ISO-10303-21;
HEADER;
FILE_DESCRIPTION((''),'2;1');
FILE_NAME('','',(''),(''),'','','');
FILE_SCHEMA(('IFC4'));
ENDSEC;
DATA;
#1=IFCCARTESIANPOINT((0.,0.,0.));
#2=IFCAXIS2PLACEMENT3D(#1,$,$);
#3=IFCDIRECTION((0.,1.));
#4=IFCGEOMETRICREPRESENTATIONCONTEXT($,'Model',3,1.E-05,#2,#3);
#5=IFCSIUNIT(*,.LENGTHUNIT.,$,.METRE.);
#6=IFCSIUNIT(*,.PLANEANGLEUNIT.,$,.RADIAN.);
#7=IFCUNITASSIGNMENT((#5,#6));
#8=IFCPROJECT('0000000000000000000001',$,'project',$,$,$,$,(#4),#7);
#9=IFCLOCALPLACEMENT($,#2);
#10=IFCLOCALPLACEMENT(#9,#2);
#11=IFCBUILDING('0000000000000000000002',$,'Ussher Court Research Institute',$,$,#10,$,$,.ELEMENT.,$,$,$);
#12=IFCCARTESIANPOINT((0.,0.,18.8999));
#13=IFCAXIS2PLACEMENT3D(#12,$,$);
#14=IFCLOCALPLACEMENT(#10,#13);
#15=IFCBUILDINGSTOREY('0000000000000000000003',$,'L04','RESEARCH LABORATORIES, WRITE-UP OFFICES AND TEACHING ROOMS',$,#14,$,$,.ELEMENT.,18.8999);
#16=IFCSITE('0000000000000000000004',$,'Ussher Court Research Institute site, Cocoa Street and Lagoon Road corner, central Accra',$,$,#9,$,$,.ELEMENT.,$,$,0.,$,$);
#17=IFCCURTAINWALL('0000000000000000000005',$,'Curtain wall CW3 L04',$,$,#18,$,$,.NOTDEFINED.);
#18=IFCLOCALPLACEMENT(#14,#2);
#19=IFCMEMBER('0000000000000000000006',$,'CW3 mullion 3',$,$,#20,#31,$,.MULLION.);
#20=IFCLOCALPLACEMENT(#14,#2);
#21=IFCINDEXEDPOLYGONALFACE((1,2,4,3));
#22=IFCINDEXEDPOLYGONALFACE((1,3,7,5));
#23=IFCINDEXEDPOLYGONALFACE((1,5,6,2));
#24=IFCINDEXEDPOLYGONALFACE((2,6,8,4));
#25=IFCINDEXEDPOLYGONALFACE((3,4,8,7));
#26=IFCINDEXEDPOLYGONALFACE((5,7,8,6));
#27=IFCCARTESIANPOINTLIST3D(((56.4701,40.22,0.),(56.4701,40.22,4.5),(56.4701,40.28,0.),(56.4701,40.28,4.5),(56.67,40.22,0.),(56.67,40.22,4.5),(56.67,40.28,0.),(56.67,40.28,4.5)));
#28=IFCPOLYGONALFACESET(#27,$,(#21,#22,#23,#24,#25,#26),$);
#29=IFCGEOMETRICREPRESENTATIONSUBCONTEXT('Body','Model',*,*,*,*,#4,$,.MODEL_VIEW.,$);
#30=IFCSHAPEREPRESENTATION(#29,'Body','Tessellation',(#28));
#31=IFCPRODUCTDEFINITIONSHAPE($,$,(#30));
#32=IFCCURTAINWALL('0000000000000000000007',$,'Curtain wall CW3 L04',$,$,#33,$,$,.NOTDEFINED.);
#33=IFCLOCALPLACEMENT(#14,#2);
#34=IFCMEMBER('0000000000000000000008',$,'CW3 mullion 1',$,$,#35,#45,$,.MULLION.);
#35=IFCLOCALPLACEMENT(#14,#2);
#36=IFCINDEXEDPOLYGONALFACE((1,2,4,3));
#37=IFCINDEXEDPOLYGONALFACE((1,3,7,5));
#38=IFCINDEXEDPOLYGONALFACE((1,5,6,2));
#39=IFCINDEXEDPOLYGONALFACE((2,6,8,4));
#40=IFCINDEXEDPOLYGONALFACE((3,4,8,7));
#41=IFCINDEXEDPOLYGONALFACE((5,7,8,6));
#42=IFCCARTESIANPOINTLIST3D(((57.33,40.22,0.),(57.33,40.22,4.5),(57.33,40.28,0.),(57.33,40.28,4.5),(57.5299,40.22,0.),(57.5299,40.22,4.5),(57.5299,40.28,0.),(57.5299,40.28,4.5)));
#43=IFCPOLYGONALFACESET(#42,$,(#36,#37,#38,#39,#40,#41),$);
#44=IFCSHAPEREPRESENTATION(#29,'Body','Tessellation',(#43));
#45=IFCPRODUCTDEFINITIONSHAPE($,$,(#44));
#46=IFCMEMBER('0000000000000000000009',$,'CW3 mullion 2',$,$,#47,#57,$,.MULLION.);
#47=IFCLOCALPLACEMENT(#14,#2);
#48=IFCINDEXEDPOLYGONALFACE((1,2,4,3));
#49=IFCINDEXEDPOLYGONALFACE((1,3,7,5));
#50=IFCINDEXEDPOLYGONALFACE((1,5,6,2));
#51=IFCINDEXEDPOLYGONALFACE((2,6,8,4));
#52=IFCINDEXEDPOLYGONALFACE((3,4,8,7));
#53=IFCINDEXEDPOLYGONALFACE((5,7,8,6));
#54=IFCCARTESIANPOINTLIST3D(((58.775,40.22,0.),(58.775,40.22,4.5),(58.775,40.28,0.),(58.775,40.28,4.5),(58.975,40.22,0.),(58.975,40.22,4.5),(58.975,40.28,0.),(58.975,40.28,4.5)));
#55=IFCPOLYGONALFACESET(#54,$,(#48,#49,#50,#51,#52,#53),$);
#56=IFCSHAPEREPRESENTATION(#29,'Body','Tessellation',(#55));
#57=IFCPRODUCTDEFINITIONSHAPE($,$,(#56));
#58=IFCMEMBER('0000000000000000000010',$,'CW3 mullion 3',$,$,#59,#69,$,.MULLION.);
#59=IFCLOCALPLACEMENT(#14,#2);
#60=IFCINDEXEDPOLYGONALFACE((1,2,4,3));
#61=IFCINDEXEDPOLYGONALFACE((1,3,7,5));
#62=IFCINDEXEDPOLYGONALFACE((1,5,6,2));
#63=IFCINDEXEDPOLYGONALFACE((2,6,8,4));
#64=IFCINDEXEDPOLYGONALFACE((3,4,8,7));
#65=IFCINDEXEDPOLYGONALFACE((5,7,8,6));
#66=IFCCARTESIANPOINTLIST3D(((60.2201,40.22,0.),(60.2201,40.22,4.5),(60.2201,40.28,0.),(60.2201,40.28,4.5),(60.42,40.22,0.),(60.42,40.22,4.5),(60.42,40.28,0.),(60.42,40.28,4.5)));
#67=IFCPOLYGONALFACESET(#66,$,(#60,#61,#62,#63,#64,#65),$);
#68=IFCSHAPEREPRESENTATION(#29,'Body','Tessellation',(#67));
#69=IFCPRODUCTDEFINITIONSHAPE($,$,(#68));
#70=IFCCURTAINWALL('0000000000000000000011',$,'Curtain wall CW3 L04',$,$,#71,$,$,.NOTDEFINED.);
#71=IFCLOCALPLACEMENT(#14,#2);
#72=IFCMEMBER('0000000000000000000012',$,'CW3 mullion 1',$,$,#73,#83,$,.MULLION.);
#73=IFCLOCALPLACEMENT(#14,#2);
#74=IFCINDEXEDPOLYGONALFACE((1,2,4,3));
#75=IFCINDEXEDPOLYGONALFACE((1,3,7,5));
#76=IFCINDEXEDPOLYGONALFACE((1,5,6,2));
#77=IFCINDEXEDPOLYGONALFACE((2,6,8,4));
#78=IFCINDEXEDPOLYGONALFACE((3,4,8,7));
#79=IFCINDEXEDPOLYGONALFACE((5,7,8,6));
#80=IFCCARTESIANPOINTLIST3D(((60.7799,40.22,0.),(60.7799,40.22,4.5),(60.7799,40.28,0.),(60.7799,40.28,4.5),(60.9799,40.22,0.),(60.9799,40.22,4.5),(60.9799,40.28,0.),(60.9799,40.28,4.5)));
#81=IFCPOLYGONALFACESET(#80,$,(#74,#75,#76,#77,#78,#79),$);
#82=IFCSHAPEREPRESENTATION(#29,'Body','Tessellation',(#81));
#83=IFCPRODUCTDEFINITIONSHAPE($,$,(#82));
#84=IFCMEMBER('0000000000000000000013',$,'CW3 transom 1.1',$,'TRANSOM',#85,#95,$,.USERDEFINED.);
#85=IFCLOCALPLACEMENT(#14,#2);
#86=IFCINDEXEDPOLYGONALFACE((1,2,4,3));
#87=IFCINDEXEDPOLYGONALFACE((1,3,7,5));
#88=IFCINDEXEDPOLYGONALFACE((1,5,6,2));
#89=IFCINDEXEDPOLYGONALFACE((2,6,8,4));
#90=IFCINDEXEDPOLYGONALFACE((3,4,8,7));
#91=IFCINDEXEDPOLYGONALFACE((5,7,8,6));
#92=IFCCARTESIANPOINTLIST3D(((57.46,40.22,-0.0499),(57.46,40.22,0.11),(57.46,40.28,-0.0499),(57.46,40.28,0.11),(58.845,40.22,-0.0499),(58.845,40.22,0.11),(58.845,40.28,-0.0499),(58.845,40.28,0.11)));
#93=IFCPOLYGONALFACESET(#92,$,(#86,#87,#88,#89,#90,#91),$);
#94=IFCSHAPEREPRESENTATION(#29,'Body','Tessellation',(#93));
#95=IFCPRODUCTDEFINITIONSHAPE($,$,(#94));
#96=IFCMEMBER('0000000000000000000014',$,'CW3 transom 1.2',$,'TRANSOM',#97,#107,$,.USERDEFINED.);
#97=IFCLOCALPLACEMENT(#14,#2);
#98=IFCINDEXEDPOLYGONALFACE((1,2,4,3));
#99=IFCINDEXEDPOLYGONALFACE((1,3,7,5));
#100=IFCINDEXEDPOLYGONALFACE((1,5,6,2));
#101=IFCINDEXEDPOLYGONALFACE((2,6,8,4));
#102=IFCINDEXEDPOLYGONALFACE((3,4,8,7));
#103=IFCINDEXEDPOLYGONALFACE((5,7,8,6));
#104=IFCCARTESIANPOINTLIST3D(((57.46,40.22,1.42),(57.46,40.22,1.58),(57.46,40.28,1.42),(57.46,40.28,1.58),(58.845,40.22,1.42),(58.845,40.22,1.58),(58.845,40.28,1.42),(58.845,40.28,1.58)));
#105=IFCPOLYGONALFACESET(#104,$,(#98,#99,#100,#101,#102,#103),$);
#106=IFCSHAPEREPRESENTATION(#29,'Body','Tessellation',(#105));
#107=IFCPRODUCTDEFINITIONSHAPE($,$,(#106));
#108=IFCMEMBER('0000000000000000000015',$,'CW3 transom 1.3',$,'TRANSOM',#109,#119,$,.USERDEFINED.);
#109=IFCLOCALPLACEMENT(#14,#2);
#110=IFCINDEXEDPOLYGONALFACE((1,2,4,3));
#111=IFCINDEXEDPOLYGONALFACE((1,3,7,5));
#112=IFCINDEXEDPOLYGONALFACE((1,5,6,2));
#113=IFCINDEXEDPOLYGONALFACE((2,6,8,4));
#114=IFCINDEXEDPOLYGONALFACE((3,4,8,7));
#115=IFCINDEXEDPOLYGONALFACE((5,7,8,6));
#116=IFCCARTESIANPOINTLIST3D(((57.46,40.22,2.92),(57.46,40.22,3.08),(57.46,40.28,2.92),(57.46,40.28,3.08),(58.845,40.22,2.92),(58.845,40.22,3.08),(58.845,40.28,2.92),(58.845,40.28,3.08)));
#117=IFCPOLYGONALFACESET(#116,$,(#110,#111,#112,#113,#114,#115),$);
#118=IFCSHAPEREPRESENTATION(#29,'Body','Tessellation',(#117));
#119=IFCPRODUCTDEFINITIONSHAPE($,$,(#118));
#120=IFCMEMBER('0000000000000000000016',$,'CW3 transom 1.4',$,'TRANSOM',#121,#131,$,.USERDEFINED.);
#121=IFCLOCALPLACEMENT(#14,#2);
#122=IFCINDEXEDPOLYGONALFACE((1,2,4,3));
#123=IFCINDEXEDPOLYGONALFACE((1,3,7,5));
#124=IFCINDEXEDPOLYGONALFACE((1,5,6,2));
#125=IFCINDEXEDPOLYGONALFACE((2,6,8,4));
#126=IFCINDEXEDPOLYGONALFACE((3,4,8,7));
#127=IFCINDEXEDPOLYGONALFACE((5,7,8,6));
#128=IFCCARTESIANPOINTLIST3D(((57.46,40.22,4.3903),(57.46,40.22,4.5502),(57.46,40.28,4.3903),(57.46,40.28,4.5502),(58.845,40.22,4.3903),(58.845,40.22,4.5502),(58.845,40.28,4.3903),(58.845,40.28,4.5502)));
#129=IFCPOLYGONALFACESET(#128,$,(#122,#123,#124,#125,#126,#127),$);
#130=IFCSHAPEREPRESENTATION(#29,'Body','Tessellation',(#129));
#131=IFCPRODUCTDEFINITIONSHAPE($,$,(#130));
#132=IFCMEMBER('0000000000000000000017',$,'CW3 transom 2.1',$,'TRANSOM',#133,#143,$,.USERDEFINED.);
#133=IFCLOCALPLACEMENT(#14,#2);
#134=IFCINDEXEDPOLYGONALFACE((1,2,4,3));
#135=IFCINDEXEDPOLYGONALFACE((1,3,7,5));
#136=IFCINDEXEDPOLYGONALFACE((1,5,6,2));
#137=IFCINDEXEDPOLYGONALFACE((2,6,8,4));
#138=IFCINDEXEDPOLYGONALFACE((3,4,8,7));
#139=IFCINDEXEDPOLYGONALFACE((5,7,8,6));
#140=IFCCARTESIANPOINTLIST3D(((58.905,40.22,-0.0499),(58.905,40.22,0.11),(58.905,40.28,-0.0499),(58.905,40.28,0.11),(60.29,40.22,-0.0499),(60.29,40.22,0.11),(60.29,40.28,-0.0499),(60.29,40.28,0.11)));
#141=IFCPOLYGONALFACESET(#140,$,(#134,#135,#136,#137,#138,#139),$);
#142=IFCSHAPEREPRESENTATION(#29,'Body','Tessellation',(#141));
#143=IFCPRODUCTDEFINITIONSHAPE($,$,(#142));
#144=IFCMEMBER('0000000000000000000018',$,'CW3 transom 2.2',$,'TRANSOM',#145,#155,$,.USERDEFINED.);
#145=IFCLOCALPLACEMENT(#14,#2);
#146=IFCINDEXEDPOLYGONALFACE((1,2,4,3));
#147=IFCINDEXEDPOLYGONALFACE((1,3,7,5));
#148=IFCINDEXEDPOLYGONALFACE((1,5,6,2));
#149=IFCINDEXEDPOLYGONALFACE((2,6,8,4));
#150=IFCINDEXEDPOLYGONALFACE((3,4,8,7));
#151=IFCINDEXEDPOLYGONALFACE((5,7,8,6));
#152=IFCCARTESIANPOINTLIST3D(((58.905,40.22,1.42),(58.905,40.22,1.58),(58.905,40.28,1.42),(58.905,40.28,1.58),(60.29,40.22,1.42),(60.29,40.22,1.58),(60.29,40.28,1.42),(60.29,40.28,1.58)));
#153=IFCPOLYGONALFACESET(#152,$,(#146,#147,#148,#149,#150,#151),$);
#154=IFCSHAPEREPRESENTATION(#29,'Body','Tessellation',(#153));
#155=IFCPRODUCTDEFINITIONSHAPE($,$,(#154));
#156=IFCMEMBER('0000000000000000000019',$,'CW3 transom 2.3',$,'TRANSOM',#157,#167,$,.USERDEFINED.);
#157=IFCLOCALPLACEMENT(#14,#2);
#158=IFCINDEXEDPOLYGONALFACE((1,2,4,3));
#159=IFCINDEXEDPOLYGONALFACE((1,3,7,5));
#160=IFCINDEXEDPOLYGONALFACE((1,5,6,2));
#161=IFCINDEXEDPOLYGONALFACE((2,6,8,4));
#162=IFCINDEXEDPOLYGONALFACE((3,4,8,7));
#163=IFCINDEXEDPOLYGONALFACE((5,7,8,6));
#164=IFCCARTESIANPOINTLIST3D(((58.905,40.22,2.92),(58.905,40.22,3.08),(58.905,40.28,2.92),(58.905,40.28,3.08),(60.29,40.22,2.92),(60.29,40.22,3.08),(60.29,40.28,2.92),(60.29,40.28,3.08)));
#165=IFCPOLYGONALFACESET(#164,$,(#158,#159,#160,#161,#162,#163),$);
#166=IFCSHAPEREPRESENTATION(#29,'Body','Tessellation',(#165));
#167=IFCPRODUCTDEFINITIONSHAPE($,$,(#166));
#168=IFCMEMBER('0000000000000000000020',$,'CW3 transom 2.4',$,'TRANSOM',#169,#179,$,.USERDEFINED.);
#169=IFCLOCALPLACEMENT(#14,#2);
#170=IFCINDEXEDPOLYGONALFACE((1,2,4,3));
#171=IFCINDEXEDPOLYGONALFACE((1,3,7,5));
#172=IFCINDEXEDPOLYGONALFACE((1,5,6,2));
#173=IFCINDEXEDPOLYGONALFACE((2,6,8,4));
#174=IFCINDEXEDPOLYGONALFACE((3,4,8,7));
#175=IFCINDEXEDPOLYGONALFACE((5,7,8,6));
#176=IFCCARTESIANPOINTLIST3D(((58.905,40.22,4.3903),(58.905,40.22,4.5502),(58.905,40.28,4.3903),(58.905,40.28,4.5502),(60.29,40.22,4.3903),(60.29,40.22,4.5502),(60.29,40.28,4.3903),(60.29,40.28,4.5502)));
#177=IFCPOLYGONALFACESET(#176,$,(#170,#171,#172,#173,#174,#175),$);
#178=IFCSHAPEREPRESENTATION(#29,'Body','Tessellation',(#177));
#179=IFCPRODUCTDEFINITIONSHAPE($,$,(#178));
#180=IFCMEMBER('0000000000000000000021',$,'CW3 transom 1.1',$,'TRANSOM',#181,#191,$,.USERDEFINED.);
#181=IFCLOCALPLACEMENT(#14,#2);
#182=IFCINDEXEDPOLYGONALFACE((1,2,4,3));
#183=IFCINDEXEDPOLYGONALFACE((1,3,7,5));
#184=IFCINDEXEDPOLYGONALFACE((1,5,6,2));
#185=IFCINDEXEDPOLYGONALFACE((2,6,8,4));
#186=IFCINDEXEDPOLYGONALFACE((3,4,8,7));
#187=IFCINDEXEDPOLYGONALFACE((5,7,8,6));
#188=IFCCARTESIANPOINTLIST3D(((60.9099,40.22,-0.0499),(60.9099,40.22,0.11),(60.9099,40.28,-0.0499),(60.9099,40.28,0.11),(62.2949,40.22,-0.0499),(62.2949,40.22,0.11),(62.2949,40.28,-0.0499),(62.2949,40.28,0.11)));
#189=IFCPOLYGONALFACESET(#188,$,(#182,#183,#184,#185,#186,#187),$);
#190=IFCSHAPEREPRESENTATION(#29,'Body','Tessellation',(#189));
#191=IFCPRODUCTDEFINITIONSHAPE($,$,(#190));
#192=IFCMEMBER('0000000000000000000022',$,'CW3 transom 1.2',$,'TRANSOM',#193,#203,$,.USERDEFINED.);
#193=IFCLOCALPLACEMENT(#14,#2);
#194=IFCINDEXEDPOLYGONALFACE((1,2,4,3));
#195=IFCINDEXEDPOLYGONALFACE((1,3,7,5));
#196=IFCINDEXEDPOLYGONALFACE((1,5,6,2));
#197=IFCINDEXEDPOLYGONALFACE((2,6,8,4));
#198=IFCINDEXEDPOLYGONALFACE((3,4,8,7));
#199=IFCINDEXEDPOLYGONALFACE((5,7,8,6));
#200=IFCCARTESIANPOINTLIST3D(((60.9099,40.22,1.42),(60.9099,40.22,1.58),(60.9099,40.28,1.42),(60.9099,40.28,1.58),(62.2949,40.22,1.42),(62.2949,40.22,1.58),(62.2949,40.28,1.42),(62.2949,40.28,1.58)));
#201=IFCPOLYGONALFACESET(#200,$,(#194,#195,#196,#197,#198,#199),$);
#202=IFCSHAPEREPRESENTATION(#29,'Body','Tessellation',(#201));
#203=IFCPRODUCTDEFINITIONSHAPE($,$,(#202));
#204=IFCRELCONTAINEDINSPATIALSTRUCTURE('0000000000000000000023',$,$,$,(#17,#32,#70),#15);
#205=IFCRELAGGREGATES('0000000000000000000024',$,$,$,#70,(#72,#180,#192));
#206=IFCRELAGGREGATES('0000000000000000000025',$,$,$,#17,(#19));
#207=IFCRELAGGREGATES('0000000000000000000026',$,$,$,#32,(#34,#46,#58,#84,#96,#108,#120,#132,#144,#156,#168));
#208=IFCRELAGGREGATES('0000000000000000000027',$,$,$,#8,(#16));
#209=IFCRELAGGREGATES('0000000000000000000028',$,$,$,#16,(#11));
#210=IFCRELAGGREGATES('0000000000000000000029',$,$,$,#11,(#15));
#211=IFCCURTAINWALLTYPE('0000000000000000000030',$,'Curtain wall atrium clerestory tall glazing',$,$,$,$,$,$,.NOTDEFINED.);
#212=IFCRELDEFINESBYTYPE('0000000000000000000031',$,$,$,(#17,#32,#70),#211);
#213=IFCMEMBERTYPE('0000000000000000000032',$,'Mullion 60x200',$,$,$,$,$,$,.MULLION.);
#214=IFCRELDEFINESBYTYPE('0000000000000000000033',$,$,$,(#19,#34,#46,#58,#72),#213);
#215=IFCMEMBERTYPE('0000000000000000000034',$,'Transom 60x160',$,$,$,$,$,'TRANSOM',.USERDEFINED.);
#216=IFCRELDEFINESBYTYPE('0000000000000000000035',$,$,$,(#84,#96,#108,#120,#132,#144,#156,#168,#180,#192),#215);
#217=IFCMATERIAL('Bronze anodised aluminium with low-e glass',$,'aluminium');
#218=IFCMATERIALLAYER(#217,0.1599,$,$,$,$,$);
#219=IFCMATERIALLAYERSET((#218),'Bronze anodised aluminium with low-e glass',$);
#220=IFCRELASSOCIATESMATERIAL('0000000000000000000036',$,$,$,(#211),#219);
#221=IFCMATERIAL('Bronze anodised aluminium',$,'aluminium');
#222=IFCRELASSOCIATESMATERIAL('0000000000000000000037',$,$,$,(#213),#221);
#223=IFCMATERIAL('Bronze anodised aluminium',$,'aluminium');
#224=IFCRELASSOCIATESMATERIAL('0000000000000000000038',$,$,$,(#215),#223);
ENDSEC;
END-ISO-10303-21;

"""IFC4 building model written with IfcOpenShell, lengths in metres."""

from ifc_helpers import new_model, si_unit, direction, frame, origin, origin_2d, place, context, subcontext, project, spatial, rectangle, extrude, material, layer, layer_set, material_profile, profile_set, type_object, element, aggregate, save


model = new_model("IFC4")

# Units and contexts
model_context = context("Model", 3, precision=1e-05, world=origin(), true_north=direction((0.0, 1.0)))
body_context = subcontext(model_context, "Body", "Model", "MODEL_VIEW")
ifc_project = project(units=[si_unit("LENGTHUNIT", "METRE"), si_unit("PLANEANGLEUNIT", "RADIAN")], contexts=[model_context])

# Site, building, storey
site_placement = place(None, origin())
site = spatial("IfcSite", under=ifc_project, at=site_placement, Name="Ussher Court Research Institute site, Cocoa Street and Lagoon Road corner, central Accra", CompositionType="ELEMENT", RefElevation=0.0)
building_placement = place(site_placement, origin())
building = spatial("IfcBuilding", under=site, at=building_placement, Name="Ussher Court Research Institute", CompositionType="ELEMENT")
storey_placement = place(building_placement, frame((0.0, 0.0, 18.8999)))
storey = spatial("IfcBuildingStorey", under=building, at=storey_placement, Name="L04", Description="RESEARCH LABORATORIES, WRITE-UP OFFICES AND TEACHING ROOMS", CompositionType="ELEMENT", Elevation=18.8999)

# Curtain wall, member
ifc_material_1 = material(Name="Bronze anodised aluminium with low-e glass", Category="aluminium")
ifc_layer_1 = layer(ifc_material_1, 0.1599)
ifc_layer_set_1 = layer_set([ifc_layer_1], Name="Bronze anodised aluminium with low-e glass")
curtain_wall_type = type_object("IfcCurtainWallType", Name="Curtain wall atrium clerestory tall glazing", PredefinedType="NOTDEFINED", material=ifc_layer_set_1)
curtain_wall_1_placement = place(storey_placement, origin())
curtain_wall_1 = element("IfcCurtainWall", 1, at=curtain_wall_1_placement, inside=storey, type_object=curtain_wall_type, Name="Curtain wall CW3 L04", PredefinedType="NOTDEFINED")
ifc_material_2 = material(Name="Bronze anodised aluminium", Category="aluminium")
ifc_material_profile_1 = material_profile(ifc_material_2, rectangle(XDim=0.0601, YDim=0.2, at=origin_2d()), Name="Mullion 60x200")
ifc_profile_set_1 = profile_set([ifc_material_profile_1], Name="Bronze anodised aluminium")
member_type_1 = type_object("IfcMemberType", Name="Mullion 60x200", PredefinedType="MULLION", material=ifc_profile_set_1)
member_1_placement = place(storey_placement, frame((56.5701, 40.25, 0.0), z_axis=(0.0, 0.0, 1.0), x_axis=(0.0, 1.0, 0.0)))
member_1 = element("IfcMember", 2, at=member_1_placement, type_object=member_type_1, Name="CW3 mullion 3", PredefinedType="MULLION", context=body_context, shape_type="SweptSolid", body=[
    extrude(rectangle(XDim=0.0601, YDim=0.2, at=origin_2d()), origin(), (0.0, 0.0, 1.0), 4.5),
])

# Curtain wall, members
curtain_wall_2_placement = place(storey_placement, origin())
curtain_wall_2 = element("IfcCurtainWall", 3, at=curtain_wall_2_placement, inside=storey, type_object=curtain_wall_type, Name="Curtain wall CW3 L04", PredefinedType="NOTDEFINED")
member_2_placement = place(storey_placement, frame((57.4299, 40.25, 0.0), z_axis=(0.0, 0.0, 1.0), x_axis=(0.0, 1.0, 0.0)))
member_2 = element("IfcMember", 4, at=member_2_placement, type_object=member_type_1, Name="CW3 mullion 1", PredefinedType="MULLION", context=body_context, shape_type="SweptSolid", body=[
    extrude(rectangle(XDim=0.0601, YDim=0.2, at=origin_2d()), origin(), (0.0, 0.0, 1.0), 4.5),
])
member_3_placement = place(storey_placement, frame((58.875, 40.25, 0.0), z_axis=(0.0, 0.0, 1.0), x_axis=(0.0, 1.0, 0.0)))
member_3 = element("IfcMember", 5, at=member_3_placement, type_object=member_type_1, Name="CW3 mullion 2", PredefinedType="MULLION", context=body_context, shape_type="SweptSolid", body=[
    extrude(rectangle(XDim=0.0601, YDim=0.2, at=origin_2d()), origin(), (0.0, 0.0, 1.0), 4.5),
])
member_4_placement = place(storey_placement, frame((60.3201, 40.25, 0.0), z_axis=(0.0, 0.0, 1.0), x_axis=(0.0, 1.0, 0.0)))
member_4 = element("IfcMember", 6, at=member_4_placement, type_object=member_type_1, Name="CW3 mullion 3", PredefinedType="MULLION", context=body_context, shape_type="SweptSolid", body=[
    extrude(rectangle(XDim=0.0601, YDim=0.2, at=origin_2d()), origin(), (0.0, 0.0, 1.0), 4.5),
])

# Curtain wall, member
curtain_wall_3_placement = place(storey_placement, origin())
curtain_wall_3 = element("IfcCurtainWall", 7, at=curtain_wall_3_placement, inside=storey, type_object=curtain_wall_type, Name="Curtain wall CW3 L04", PredefinedType="NOTDEFINED")
member_5_placement = place(storey_placement, frame((60.8799, 40.25, 0.0), z_axis=(0.0, 0.0, 1.0), x_axis=(0.0, 1.0, 0.0)))
member_5 = element("IfcMember", 8, at=member_5_placement, type_object=member_type_1, Name="CW3 mullion 1", PredefinedType="MULLION", context=body_context, shape_type="SweptSolid", body=[
    extrude(rectangle(XDim=0.0601, YDim=0.2, at=origin_2d()), origin(), (0.0, 0.0, 1.0), 4.5),
])

# Members
ifc_material_3 = material(Name="Bronze anodised aluminium", Category="aluminium")
ifc_material_profile_2 = material_profile(ifc_material_3, rectangle(XDim=0.0601, YDim=0.1599, at=origin_2d()), Name="Transom 60x160")
ifc_profile_set_2 = profile_set([ifc_material_profile_2], Name="Bronze anodised aluminium")
member_type_2 = type_object("IfcMemberType", Name="Transom 60x160", ElementType="TRANSOM", PredefinedType="USERDEFINED", material=ifc_profile_set_2)
member_6_placement = place(storey_placement, frame((57.46, 40.25, 0.03), z_axis=(1.0, 0.0, 0.0), x_axis=(0.0, 1.0, 0.0)))
member_6 = element("IfcMember", 9, at=member_6_placement, type_object=member_type_2, Name="CW3 transom 1.1", ObjectType="TRANSOM", PredefinedType="USERDEFINED", context=body_context, shape_type="SweptSolid", body=[
    extrude(rectangle(XDim=0.0601, YDim=0.1599, at=origin_2d()), origin(), (0.0, 0.0, 1.0), 1.385),
])
member_7_placement = place(storey_placement, frame((57.46, 40.25, 1.5), z_axis=(1.0, 0.0, 0.0), x_axis=(0.0, 1.0, 0.0)))
member_7 = element("IfcMember", 10, at=member_7_placement, type_object=member_type_2, Name="CW3 transom 1.2", ObjectType="TRANSOM", PredefinedType="USERDEFINED", context=body_context, shape_type="SweptSolid", body=[
    extrude(rectangle(XDim=0.0601, YDim=0.1599, at=origin_2d()), origin(), (0.0, 0.0, 1.0), 1.385),
])
member_8_placement = place(storey_placement, frame((57.46, 40.25, 3.0), z_axis=(1.0, 0.0, 0.0), x_axis=(0.0, 1.0, 0.0)))
member_8 = element("IfcMember", 11, at=member_8_placement, type_object=member_type_2, Name="CW3 transom 1.3", ObjectType="TRANSOM", PredefinedType="USERDEFINED", context=body_context, shape_type="SweptSolid", body=[
    extrude(rectangle(XDim=0.0601, YDim=0.1599, at=origin_2d()), origin(), (0.0, 0.0, 1.0), 1.385),
])
member_9_placement = place(storey_placement, frame((57.46, 40.25, 4.4702), z_axis=(1.0, 0.0, 0.0), x_axis=(0.0, 1.0, 0.0)))
member_9 = element("IfcMember", 12, at=member_9_placement, type_object=member_type_2, Name="CW3 transom 1.4", ObjectType="TRANSOM", PredefinedType="USERDEFINED", context=body_context, shape_type="SweptSolid", body=[
    extrude(rectangle(XDim=0.0601, YDim=0.1599, at=origin_2d()), origin(), (0.0, 0.0, 1.0), 1.385),
])
member_10_placement = place(storey_placement, frame((58.905, 40.25, 0.03), z_axis=(1.0, 0.0, 0.0), x_axis=(0.0, 1.0, 0.0)))
member_10 = element("IfcMember", 13, at=member_10_placement, type_object=member_type_2, Name="CW3 transom 2.1", ObjectType="TRANSOM", PredefinedType="USERDEFINED", context=body_context, shape_type="SweptSolid", body=[
    extrude(rectangle(XDim=0.0601, YDim=0.1599, at=origin_2d()), origin(), (0.0, 0.0, 1.0), 1.385),
])
member_11_placement = place(storey_placement, frame((58.905, 40.25, 1.5), z_axis=(1.0, 0.0, 0.0), x_axis=(0.0, 1.0, 0.0)))
member_11 = element("IfcMember", 14, at=member_11_placement, type_object=member_type_2, Name="CW3 transom 2.2", ObjectType="TRANSOM", PredefinedType="USERDEFINED", context=body_context, shape_type="SweptSolid", body=[
    extrude(rectangle(XDim=0.0601, YDim=0.1599, at=origin_2d()), origin(), (0.0, 0.0, 1.0), 1.385),
])
member_12_placement = place(storey_placement, frame((58.905, 40.25, 3.0), z_axis=(1.0, 0.0, 0.0), x_axis=(0.0, 1.0, 0.0)))
member_12 = element("IfcMember", 15, at=member_12_placement, type_object=member_type_2, Name="CW3 transom 2.3", ObjectType="TRANSOM", PredefinedType="USERDEFINED", context=body_context, shape_type="SweptSolid", body=[
    extrude(rectangle(XDim=0.0601, YDim=0.1599, at=origin_2d()), origin(), (0.0, 0.0, 1.0), 1.385),
])
member_13_placement = place(storey_placement, frame((58.905, 40.25, 4.4702), z_axis=(1.0, 0.0, 0.0), x_axis=(0.0, 1.0, 0.0)))
member_13 = element("IfcMember", 16, at=member_13_placement, type_object=member_type_2, Name="CW3 transom 2.4", ObjectType="TRANSOM", PredefinedType="USERDEFINED", context=body_context, shape_type="SweptSolid", body=[
    extrude(rectangle(XDim=0.0601, YDim=0.1599, at=origin_2d()), origin(), (0.0, 0.0, 1.0), 1.385),
])
member_14_placement = place(storey_placement, frame((60.9099, 40.25, 0.03), z_axis=(1.0, 0.0, 0.0), x_axis=(0.0, 1.0, 0.0)))
member_14 = element("IfcMember", 17, at=member_14_placement, type_object=member_type_2, Name="CW3 transom 1.1", ObjectType="TRANSOM", PredefinedType="USERDEFINED", context=body_context, shape_type="SweptSolid", body=[
    extrude(rectangle(XDim=0.0601, YDim=0.1599, at=origin_2d()), origin(), (0.0, 0.0, 1.0), 1.385),
])
member_15_placement = place(storey_placement, frame((60.9099, 40.25, 1.5), z_axis=(1.0, 0.0, 0.0), x_axis=(0.0, 1.0, 0.0)))
member_15 = element("IfcMember", 18, at=member_15_placement, type_object=member_type_2, Name="CW3 transom 1.2", ObjectType="TRANSOM", PredefinedType="USERDEFINED", context=body_context, shape_type="SweptSolid", body=[
    extrude(rectangle(XDim=0.0601, YDim=0.1599, at=origin_2d()), origin(), (0.0, 0.0, 1.0), 1.385),
])
aggregate(curtain_wall_3, [member_5, member_14, member_15])

aggregate(curtain_wall_1, [member_1])
aggregate(curtain_wall_2, [member_2, member_3, member_4, member_6, member_7, member_8, member_9, member_10, member_11, member_12, member_13])

save(model, "model.ifc")
